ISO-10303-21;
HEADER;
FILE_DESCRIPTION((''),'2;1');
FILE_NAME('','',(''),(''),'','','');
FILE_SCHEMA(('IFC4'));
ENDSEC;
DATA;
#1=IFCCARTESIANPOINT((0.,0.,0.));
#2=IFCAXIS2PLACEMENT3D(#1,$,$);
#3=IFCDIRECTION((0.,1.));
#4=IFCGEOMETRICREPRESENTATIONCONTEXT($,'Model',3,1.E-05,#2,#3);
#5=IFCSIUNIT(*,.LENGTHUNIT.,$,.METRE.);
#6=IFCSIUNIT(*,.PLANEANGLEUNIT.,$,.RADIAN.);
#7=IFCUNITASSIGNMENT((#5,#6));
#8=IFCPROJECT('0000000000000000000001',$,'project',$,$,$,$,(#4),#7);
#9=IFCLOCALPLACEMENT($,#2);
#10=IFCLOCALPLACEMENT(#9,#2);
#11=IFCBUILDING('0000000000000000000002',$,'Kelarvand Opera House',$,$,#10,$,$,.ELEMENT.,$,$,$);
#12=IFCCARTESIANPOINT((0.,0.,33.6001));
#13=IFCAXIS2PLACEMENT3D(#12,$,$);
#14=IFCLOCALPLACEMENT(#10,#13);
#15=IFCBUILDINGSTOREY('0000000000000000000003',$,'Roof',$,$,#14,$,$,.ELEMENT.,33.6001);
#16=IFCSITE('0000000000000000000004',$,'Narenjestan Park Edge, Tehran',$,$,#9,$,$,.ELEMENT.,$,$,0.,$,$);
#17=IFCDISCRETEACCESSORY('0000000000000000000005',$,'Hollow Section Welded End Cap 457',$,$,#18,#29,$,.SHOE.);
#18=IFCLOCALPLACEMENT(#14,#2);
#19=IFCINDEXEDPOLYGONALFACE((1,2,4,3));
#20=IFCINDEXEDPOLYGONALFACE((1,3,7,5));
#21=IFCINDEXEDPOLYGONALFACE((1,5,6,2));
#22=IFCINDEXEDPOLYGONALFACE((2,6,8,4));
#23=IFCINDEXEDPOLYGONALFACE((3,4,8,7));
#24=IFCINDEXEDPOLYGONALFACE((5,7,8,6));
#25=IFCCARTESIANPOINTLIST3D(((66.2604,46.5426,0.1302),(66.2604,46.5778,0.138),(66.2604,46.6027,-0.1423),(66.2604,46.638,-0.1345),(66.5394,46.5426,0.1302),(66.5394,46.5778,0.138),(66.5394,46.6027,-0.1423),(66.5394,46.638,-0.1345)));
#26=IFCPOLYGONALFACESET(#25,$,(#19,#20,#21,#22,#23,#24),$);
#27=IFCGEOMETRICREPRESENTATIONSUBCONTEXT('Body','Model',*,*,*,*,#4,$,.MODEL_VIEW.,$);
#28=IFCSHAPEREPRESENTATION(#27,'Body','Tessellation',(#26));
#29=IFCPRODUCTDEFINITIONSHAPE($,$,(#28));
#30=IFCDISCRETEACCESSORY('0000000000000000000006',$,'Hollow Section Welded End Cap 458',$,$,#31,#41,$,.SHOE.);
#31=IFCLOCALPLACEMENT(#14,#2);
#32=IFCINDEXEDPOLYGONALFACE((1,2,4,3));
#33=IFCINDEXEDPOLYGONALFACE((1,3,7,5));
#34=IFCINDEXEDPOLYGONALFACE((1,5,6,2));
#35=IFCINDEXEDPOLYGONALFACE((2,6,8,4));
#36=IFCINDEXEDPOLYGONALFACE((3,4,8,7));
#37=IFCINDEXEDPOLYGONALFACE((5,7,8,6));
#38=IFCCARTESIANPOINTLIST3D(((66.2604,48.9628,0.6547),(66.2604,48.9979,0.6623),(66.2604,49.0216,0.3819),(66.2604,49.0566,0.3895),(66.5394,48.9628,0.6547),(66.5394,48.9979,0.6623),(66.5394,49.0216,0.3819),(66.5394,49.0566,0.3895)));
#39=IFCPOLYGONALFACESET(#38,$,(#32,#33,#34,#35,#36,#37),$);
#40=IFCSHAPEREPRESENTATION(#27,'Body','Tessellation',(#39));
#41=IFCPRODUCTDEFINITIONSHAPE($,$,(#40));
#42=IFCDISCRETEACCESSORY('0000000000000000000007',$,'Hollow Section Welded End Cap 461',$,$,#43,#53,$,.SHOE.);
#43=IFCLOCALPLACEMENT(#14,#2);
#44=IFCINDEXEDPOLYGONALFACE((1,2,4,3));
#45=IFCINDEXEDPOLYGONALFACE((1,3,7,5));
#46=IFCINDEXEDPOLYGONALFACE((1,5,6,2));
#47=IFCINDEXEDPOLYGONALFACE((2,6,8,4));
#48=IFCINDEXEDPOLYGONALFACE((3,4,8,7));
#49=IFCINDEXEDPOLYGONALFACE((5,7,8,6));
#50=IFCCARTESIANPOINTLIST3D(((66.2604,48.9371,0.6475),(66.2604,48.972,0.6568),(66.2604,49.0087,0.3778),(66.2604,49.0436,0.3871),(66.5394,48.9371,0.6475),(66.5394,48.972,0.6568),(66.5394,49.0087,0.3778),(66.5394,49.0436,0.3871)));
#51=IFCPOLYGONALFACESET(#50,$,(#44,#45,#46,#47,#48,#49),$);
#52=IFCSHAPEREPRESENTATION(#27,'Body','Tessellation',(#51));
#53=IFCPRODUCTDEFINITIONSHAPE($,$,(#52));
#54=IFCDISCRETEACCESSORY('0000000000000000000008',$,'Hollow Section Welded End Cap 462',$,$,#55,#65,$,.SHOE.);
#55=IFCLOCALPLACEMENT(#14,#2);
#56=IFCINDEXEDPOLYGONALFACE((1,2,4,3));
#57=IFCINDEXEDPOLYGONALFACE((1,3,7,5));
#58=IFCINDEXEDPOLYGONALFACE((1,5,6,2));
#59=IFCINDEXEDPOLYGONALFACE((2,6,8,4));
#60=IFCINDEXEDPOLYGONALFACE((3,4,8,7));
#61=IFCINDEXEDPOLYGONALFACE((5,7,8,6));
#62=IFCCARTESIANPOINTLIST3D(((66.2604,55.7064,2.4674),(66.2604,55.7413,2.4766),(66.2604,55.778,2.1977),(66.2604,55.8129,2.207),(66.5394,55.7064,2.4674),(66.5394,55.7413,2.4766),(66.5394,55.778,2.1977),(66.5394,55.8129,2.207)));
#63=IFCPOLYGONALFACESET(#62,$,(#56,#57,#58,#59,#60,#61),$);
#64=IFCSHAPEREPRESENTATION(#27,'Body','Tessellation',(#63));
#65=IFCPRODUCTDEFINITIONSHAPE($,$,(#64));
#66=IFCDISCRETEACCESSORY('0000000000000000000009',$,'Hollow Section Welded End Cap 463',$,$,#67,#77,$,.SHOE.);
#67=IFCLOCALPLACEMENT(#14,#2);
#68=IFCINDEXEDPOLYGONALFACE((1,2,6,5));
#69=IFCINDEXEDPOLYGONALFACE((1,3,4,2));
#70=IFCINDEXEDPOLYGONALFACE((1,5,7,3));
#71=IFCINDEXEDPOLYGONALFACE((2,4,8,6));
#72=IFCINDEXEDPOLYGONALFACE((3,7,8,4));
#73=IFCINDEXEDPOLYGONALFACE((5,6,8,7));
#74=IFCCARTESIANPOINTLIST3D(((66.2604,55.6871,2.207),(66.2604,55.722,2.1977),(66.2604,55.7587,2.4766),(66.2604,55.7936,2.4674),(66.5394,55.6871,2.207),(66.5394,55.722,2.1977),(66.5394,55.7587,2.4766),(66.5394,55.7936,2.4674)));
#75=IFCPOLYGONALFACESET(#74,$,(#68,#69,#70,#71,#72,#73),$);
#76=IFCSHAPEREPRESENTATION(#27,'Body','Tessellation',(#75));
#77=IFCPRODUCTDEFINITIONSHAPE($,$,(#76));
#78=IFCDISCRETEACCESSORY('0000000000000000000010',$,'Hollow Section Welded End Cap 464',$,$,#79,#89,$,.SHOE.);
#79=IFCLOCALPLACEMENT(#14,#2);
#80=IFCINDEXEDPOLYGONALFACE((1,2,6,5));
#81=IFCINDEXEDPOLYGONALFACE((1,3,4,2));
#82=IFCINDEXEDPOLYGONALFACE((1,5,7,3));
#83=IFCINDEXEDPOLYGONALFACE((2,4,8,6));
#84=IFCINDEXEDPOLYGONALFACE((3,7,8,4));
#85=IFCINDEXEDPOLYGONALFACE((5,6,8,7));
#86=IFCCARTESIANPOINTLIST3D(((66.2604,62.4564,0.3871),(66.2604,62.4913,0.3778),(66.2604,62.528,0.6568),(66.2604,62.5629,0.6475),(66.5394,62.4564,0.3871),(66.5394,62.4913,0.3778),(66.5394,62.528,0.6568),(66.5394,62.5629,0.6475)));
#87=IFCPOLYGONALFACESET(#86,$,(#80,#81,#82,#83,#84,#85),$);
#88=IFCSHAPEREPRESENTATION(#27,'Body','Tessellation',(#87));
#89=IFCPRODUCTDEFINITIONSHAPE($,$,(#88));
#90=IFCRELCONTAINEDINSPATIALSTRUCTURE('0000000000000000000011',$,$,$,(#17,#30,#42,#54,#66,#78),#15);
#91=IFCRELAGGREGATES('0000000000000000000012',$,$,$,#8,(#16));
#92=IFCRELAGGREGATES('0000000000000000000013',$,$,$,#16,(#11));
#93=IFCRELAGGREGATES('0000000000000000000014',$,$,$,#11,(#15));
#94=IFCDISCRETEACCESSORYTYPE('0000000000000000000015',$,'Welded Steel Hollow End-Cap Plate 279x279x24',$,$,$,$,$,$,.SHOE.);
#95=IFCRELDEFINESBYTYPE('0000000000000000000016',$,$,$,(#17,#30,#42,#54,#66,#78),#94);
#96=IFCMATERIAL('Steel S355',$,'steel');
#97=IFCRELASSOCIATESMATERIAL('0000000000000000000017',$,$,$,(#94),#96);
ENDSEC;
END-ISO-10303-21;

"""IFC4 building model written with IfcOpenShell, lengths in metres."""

from ifc_helpers import new_model, si_unit, direction, frame, origin, origin_2d, place, context, subcontext, project, spatial, rectangle, extrude, material, material_profile, profile_set, type_object, element, save


model = new_model("IFC4")

# Units and contexts
model_context = context("Model", 3, precision=1e-05, world=origin(), true_north=direction((0.0, 1.0)))
body_context = subcontext(model_context, "Body", "Model", "MODEL_VIEW")
ifc_project = project(units=[si_unit("LENGTHUNIT", "METRE"), si_unit("PLANEANGLEUNIT", "RADIAN")], contexts=[model_context])

# Site, building, storey
site_placement = place(None, origin())
site = spatial("IfcSite", under=ifc_project, at=site_placement, Name="Narenjestan Park Edge, Tehran", CompositionType="ELEMENT", RefElevation=0.0)
building_placement = place(site_placement, origin())
building = spatial("IfcBuilding", under=site, at=building_placement, Name="Kelarvand Opera House", CompositionType="ELEMENT")
storey_placement = place(building_placement, frame((0.0, 0.0, 33.6001)))
storey = spatial("IfcBuildingStorey", under=building, at=storey_placement, Name="Roof", CompositionType="ELEMENT", Elevation=33.6001)

# Shared definitions
ifc_material_1 = material(Name="Steel S355", Category="steel")

# Discrete accessories
ifc_material_profile_1 = material_profile(ifc_material_1, rectangle(XDim=0.2791, YDim=0.2791, at=origin_2d()), Name="Welded Steel Hollow End-Cap Plate 279x279x24", Category="steel")
ifc_profile_set_1 = profile_set([ifc_material_profile_1], Name="Steel S355")
discrete_accessory_type_1 = type_object("IfcDiscreteAccessoryType", Name="Welded Steel Hollow End-Cap Plate 279x279x24", PredefinedType="SHOE", material=ifc_profile_set_1)
for number, where, z_axis, x_axis, name in (
    (1, (66.3999, 46.6079, 0.0017), (0.0, -0.976503, -0.215504), (1.0, 0.0, 0.0), "Hollow Section Welded End Cap 457"),
):
    element("IfcDiscreteAccessory", number, at=place(storey_placement, frame(where, z_axis=z_axis, x_axis=x_axis)), inside=storey, type_object=discrete_accessory_type_1, Name=name, PredefinedType="SHOE", context=body_context, shape_type="SweptSolid", body=[
        extrude(rectangle(XDim=0.2791, YDim=0.2791, at=origin_2d()), origin(), (0.0, 0.0, 1.0), 0.0361),
    ])
discrete_accessory_1_placement = place(storey_placement, frame((66.3999, 48.9922, 0.5183), z_axis=(0.0, 0.977603, 0.210456), x_axis=(-1.0, 0.0, 0.0)))
element("IfcDiscreteAccessory", 2, at=discrete_accessory_1_placement, inside=storey, type_object=discrete_accessory_type_1, Name="Hollow Section Welded End Cap 458", PredefinedType="SHOE", context=body_context, shape_type="SweptSolid", body=[
    extrude(rectangle(XDim=0.2791, YDim=0.2791, at=origin_2d()), origin(), (0.0, 0.0, 1.0), 0.0359),
])
for number, where, z_axis, x_axis, name in (
    (3, (66.3999, 49.0078, 0.522), (0.0, -0.966459, -0.256821), (1.0, 0.0, 0.0), "Hollow Section Welded End Cap 461"),
    (4, (66.3999, 55.7422, 2.3325), (0.0, 0.966459, 0.256821), (-1.0, 0.0, 0.0), "Hollow Section Welded End Cap 462"),
    (5, (66.3999, 55.7578, 2.3325), (0.0, -0.966459, 0.256821), (1.0, 0.0, 0.0), "Hollow Section Welded End Cap 463"),
    (6, (66.3999, 62.4922, 0.522), (0.0, 0.966459, -0.256821), (-1.0, 0.0, 0.0), "Hollow Section Welded End Cap 464"),
):
    element("IfcDiscreteAccessory", number, at=place(storey_placement, frame(where, z_axis=z_axis, x_axis=x_axis)), inside=storey, type_object=discrete_accessory_type_1, Name=name, PredefinedType="SHOE", context=body_context, shape_type="SweptSolid", body=[
        extrude(rectangle(XDim=0.2791, YDim=0.2791, at=origin_2d()), origin(), (0.0, 0.0, 1.0), 0.0361),
    ])

save(model, "model.ifc")
